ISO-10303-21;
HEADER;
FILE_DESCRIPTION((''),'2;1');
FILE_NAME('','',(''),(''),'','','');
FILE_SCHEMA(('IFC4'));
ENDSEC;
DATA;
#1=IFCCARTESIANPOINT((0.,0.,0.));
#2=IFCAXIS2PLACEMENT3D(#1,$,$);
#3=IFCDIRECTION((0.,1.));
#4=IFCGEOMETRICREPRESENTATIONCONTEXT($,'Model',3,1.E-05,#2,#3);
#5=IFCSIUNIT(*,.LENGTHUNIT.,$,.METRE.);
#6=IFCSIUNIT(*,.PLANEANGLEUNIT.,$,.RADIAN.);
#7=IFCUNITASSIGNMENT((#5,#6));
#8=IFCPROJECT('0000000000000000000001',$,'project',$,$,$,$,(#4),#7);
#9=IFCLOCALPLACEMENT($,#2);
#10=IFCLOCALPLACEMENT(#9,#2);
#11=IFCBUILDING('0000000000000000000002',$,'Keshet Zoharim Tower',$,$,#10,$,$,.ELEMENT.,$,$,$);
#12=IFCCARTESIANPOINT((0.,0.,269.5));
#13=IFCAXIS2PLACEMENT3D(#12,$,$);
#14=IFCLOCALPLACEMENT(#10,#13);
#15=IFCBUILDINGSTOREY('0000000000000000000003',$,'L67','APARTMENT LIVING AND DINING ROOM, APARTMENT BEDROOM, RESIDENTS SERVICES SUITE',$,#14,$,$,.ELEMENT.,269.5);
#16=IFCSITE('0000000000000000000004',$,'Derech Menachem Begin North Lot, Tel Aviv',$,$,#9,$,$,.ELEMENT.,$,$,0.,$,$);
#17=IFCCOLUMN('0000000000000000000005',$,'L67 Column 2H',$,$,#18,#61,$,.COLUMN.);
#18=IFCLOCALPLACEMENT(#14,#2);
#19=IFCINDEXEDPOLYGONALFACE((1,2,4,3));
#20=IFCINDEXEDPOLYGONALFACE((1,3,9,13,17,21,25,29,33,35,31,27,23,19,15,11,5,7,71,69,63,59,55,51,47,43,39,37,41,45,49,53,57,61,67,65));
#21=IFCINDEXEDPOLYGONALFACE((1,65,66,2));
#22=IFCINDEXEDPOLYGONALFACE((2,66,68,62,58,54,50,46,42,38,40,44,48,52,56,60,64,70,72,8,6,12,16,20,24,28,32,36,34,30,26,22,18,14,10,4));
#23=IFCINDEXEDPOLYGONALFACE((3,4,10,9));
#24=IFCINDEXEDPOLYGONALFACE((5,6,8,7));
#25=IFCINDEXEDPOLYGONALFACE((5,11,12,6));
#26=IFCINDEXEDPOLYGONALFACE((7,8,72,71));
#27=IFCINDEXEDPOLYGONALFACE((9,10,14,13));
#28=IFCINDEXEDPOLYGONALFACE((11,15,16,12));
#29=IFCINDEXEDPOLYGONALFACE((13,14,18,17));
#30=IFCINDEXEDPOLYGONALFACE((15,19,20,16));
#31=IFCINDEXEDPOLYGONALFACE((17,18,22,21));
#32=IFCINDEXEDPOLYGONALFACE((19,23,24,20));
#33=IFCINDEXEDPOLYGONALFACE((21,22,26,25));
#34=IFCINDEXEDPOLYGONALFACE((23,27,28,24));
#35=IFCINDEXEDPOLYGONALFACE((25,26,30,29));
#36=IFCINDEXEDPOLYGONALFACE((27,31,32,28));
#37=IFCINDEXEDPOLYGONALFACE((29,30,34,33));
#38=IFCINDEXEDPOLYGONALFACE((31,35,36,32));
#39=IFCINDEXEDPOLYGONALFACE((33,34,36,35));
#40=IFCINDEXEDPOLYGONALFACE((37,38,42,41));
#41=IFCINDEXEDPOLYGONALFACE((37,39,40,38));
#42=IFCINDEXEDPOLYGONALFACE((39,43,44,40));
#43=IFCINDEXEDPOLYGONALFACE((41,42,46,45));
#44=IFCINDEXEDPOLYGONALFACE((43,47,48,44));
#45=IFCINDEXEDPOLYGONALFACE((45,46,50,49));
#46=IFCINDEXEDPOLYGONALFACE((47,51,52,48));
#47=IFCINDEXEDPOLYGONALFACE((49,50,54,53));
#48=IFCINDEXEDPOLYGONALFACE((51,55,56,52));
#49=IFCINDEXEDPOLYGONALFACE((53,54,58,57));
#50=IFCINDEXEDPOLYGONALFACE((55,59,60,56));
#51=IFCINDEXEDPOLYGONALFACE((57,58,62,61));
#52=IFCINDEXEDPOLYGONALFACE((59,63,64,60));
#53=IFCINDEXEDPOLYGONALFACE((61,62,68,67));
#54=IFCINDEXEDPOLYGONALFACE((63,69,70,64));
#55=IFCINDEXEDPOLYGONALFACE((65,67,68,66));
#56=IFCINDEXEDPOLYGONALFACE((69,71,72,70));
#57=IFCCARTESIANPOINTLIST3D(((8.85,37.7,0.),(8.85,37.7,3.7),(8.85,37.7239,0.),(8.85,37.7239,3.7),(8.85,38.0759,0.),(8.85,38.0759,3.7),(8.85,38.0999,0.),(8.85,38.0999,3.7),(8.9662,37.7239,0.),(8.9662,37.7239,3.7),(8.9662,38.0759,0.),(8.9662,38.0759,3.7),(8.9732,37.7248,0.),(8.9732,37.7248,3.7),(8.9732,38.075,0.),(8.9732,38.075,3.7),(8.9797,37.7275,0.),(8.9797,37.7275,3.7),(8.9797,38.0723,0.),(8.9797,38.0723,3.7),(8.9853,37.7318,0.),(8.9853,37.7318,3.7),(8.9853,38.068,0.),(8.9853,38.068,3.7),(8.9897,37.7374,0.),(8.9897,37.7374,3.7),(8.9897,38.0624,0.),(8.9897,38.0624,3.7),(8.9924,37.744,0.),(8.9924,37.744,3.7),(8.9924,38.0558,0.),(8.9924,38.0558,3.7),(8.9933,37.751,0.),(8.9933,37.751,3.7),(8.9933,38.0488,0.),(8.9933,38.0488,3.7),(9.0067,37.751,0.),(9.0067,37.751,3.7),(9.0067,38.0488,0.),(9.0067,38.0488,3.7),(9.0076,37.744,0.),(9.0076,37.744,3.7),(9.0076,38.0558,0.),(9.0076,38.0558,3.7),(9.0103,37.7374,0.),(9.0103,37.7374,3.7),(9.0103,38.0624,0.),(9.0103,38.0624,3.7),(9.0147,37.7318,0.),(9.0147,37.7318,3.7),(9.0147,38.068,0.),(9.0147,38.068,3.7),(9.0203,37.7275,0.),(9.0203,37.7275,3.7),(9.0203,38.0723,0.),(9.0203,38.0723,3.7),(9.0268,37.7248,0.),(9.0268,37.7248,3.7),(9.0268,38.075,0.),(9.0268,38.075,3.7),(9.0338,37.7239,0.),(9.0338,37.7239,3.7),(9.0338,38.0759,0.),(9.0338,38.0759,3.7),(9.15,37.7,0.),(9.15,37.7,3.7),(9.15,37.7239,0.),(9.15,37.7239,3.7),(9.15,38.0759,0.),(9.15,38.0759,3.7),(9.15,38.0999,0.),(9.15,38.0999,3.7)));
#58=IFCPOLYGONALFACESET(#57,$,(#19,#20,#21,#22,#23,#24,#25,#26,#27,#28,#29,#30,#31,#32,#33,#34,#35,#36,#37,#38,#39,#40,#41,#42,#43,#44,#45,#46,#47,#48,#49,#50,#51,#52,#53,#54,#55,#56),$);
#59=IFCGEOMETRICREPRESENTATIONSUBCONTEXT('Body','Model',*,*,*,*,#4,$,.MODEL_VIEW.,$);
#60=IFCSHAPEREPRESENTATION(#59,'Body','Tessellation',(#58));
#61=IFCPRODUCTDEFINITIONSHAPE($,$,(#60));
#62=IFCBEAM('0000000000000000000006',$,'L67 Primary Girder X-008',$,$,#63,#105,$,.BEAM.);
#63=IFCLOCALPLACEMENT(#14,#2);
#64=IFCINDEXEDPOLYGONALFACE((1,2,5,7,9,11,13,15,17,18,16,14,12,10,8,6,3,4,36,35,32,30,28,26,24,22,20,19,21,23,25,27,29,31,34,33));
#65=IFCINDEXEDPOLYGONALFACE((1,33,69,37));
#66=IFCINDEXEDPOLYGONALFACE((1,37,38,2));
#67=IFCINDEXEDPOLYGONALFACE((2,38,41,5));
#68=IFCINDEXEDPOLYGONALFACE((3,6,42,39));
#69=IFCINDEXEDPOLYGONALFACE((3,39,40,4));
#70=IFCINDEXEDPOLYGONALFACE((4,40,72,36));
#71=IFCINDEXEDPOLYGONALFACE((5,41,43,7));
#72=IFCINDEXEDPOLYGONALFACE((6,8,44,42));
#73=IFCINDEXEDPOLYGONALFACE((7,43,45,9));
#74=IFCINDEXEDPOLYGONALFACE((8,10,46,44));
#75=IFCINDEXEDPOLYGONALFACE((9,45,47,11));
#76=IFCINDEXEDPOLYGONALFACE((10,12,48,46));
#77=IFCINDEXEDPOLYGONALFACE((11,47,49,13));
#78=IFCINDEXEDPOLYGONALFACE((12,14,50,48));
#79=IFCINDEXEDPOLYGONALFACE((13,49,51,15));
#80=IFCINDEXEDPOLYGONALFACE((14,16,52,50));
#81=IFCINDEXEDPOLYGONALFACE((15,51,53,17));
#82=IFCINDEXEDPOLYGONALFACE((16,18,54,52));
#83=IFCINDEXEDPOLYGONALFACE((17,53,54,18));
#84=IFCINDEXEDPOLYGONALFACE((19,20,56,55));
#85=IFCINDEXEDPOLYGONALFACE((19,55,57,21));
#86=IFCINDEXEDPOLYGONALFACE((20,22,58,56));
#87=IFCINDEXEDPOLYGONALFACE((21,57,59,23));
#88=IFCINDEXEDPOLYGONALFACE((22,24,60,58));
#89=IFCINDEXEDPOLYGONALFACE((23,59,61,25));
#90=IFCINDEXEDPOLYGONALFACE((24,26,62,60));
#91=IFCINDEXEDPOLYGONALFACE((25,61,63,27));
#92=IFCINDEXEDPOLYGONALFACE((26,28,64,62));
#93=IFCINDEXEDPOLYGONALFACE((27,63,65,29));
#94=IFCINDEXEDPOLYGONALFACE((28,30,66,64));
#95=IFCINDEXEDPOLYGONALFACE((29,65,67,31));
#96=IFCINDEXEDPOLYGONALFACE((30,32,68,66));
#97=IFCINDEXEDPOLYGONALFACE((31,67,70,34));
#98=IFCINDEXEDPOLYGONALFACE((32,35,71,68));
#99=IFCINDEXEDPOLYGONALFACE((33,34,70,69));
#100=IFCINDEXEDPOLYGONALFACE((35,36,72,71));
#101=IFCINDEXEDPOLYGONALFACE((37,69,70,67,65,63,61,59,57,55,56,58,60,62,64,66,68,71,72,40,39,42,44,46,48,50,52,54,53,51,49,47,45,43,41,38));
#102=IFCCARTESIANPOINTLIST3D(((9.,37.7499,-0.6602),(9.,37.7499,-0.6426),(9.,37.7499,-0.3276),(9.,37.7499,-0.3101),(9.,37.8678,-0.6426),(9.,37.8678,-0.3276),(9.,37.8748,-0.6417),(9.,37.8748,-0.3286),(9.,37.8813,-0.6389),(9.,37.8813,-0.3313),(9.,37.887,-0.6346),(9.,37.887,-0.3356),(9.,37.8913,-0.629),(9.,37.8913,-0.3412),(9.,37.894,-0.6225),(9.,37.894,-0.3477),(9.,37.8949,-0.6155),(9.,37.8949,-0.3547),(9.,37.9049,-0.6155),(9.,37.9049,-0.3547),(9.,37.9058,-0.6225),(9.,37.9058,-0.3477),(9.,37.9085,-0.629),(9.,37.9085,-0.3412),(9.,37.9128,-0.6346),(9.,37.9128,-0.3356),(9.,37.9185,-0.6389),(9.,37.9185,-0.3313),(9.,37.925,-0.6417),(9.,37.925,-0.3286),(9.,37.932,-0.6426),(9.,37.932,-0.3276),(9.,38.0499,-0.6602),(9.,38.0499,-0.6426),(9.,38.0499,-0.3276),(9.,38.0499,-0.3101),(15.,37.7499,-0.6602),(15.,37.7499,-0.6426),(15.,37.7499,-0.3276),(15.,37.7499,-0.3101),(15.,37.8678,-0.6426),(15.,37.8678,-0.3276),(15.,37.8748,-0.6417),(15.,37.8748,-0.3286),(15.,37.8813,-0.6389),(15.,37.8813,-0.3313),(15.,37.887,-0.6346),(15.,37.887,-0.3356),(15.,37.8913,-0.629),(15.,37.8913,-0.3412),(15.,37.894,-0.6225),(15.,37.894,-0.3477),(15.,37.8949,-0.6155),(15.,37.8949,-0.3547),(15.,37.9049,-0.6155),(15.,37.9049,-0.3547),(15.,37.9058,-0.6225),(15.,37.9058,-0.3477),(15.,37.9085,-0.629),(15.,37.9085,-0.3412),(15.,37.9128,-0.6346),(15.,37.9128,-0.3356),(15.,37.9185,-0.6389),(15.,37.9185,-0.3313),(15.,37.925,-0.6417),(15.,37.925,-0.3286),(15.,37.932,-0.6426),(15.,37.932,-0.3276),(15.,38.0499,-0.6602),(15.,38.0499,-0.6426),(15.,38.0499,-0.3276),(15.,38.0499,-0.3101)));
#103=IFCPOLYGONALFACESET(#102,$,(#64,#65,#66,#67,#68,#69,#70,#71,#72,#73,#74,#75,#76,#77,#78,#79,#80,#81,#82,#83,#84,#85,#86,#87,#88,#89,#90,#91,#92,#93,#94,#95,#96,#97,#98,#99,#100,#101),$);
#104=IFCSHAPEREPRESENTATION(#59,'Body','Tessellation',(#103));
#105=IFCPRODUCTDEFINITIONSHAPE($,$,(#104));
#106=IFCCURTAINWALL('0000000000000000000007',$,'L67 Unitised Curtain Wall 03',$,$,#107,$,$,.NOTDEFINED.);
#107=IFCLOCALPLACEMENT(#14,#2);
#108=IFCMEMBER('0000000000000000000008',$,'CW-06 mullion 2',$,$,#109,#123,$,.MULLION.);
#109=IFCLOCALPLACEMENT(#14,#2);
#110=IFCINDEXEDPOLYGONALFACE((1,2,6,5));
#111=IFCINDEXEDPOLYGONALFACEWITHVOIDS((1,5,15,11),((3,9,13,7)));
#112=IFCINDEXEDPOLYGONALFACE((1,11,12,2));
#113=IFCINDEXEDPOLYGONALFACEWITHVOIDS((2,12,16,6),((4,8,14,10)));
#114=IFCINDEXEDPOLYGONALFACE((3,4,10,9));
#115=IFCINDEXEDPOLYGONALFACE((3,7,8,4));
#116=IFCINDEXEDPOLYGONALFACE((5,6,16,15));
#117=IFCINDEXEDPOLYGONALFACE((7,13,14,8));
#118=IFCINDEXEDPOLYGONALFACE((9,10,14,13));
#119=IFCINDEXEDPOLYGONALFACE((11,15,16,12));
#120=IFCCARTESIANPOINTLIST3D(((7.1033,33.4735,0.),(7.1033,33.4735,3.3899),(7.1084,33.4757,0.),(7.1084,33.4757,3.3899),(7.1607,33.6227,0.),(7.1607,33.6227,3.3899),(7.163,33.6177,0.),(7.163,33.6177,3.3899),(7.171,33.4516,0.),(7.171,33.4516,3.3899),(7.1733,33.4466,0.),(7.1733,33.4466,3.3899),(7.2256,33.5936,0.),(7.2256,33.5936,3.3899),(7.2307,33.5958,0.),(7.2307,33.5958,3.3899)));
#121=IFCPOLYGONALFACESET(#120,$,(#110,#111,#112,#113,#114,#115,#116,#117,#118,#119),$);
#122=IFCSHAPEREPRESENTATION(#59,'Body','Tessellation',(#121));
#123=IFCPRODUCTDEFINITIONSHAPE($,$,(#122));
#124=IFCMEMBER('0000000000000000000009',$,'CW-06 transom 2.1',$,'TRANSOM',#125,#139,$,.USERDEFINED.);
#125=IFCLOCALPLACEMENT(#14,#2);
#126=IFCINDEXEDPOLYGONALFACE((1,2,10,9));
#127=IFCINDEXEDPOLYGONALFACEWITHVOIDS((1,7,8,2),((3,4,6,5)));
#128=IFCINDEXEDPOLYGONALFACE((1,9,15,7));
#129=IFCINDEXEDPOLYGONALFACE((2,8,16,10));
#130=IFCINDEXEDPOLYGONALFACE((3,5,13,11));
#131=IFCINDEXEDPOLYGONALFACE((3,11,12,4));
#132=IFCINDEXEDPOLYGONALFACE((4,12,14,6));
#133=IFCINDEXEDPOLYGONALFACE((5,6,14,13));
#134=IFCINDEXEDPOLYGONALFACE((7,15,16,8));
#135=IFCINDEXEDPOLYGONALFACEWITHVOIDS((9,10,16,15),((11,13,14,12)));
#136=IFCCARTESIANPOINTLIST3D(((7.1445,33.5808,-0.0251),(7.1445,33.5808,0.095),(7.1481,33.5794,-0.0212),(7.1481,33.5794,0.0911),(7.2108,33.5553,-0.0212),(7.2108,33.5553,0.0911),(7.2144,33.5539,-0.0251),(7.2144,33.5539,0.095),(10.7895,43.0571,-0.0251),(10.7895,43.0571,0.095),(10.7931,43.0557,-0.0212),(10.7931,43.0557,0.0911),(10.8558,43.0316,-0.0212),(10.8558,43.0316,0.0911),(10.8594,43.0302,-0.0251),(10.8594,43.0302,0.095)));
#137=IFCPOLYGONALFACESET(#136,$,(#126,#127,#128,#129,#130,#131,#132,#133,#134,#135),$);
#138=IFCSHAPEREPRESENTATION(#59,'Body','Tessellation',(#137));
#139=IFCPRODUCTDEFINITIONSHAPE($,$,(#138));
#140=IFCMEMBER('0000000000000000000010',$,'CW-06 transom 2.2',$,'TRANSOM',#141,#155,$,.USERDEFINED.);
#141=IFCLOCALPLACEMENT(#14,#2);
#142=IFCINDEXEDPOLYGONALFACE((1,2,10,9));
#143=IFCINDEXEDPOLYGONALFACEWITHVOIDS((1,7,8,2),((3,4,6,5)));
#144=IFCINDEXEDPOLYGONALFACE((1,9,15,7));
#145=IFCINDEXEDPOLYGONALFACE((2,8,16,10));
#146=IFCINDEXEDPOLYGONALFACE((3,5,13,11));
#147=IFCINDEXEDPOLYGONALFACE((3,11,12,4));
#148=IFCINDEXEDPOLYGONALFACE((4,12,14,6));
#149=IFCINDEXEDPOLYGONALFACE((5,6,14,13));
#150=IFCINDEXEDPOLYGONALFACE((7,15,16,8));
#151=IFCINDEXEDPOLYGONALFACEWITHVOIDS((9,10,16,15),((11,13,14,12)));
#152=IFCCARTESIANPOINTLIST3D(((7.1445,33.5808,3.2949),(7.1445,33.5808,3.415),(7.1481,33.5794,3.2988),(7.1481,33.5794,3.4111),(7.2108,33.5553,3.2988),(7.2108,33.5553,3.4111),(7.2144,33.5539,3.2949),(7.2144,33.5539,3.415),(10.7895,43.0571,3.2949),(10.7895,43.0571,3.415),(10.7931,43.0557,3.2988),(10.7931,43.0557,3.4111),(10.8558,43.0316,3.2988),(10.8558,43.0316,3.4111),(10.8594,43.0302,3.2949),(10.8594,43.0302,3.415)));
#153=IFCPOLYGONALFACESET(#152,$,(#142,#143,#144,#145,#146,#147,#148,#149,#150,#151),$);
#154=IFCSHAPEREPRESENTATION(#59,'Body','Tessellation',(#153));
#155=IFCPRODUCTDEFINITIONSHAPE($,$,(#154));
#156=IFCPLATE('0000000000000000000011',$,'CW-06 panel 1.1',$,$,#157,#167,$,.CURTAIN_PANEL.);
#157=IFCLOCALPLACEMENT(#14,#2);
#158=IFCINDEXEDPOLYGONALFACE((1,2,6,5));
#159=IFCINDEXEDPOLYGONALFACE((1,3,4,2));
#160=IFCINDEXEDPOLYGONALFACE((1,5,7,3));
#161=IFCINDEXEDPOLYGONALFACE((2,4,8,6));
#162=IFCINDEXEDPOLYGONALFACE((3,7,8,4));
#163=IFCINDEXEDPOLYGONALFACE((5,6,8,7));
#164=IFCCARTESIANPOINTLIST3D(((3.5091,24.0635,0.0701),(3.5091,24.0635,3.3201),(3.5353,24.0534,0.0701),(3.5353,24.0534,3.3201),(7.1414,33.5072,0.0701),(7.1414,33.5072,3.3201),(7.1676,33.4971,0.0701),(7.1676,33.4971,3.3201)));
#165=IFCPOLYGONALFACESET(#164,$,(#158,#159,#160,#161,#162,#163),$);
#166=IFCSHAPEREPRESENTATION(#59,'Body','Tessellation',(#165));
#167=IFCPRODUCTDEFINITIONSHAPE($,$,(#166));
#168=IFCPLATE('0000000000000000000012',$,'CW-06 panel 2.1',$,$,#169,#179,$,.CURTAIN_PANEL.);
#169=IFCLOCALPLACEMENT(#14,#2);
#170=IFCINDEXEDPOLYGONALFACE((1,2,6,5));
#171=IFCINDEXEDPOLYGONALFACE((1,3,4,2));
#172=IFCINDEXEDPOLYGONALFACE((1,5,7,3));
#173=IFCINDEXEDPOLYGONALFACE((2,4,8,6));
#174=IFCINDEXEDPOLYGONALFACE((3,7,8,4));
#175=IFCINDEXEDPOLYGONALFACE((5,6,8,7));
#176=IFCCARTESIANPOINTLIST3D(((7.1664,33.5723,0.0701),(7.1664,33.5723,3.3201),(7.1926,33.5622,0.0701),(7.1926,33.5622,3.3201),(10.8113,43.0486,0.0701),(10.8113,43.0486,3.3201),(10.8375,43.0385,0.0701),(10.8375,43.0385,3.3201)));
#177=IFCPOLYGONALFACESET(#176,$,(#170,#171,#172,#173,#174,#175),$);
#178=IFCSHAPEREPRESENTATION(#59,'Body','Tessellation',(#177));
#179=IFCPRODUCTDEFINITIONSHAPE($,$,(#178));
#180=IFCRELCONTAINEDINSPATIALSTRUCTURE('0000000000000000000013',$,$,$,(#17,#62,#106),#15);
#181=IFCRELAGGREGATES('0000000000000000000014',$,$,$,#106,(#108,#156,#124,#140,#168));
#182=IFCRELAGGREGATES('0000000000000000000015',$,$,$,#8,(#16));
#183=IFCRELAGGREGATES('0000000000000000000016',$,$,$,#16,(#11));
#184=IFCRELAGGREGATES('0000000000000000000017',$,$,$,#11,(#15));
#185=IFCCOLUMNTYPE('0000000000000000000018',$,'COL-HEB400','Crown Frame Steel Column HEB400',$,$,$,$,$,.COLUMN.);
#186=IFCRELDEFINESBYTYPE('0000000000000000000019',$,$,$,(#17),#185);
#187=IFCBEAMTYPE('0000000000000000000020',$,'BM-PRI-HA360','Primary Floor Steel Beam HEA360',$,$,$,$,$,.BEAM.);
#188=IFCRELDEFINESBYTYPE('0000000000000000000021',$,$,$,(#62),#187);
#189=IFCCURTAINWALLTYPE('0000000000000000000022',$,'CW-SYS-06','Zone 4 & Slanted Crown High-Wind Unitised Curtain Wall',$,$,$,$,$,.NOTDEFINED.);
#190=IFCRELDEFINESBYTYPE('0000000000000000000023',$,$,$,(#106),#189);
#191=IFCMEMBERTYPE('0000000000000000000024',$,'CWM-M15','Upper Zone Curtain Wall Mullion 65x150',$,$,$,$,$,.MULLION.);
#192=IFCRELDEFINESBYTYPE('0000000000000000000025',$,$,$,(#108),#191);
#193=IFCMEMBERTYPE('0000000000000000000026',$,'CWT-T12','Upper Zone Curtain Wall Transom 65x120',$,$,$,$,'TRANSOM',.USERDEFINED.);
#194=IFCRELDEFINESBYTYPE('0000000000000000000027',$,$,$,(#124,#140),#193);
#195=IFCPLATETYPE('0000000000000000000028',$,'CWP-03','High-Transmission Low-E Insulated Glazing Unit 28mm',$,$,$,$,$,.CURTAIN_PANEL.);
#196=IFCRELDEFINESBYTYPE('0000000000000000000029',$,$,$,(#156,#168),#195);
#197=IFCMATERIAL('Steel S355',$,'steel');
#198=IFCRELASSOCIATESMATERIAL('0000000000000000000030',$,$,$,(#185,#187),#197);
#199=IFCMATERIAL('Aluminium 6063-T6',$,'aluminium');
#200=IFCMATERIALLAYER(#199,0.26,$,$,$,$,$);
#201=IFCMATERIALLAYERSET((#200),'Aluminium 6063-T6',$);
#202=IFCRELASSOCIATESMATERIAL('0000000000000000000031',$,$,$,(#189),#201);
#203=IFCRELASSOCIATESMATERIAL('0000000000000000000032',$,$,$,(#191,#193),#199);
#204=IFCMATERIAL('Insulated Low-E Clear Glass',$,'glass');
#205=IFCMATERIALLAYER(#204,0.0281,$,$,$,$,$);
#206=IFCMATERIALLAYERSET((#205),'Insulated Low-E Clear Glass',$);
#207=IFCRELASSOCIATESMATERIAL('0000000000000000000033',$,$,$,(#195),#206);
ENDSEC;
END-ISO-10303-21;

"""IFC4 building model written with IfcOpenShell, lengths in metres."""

from ifc_helpers import new_model, si_unit, direction, frame, origin, origin_2d, place, context, subcontext, project, spatial, rectangle, hollow_rectangle, i_section, extrude, material, layer, layer_set, material_profile, profile_set, type_object, element, aggregate, save


model = new_model("IFC4")

# Units and contexts
model_context = context("Model", 3, precision=1e-05, world=origin(), true_north=direction((0.0, 1.0)))
body_context = subcontext(model_context, "Body", "Model", "MODEL_VIEW")
ifc_project = project(units=[si_unit("LENGTHUNIT", "METRE"), si_unit("PLANEANGLEUNIT", "RADIAN")], contexts=[model_context])

# Site, building, storey
site_placement = place(None, origin())
site = spatial("IfcSite", under=ifc_project, at=site_placement, Name="Derech Menachem Begin North Lot, Tel Aviv", CompositionType="ELEMENT", RefElevation=0.0)
building_placement = place(site_placement, origin())
building = spatial("IfcBuilding", under=site, at=building_placement, Name="Keshet Zoharim Tower", CompositionType="ELEMENT")
storey_placement = place(building_placement, frame((0.0, 0.0, 269.5)))
storey = spatial("IfcBuildingStorey", under=building, at=storey_placement, Name="L67", Description="APARTMENT LIVING AND DINING ROOM, APARTMENT BEDROOM, RESIDENTS SERVICES SUITE", CompositionType="ELEMENT", Elevation=269.5)

# Column
ifc_material_1 = material(Name="Steel S355", Category="steel")
ifc_material_profile_1 = material_profile(ifc_material_1, i_section(OverallWidth=0.3, OverallDepth=0.3999, WebThickness=0.0134, FlangeThickness=0.0239, FilletRadius=0.0271, at=origin_2d()), Name="HEB400")
ifc_profile_set_1 = profile_set([ifc_material_profile_1], Name="Steel S355")
column_type = type_object("IfcColumnType", Name="COL-HEB400", Description="Crown Frame Steel Column HEB400", PredefinedType="COLUMN", material=ifc_profile_set_1)
column_placement = place(storey_placement, frame((9.0, 37.8999, 0.0), z_axis=(0.0, 0.0, 1.0), x_axis=(1.0, 0.0, 0.0)))
element("IfcColumn", 1, at=column_placement, inside=storey, type_object=column_type, Name="L67 Column 2H", PredefinedType="COLUMN", context=body_context, shape_type="SweptSolid", body=[
    extrude(i_section(OverallWidth=0.3, OverallDepth=0.3999, WebThickness=0.0134, FlangeThickness=0.0239, FilletRadius=0.0271, at=origin_2d()), origin(), (0.0, 0.0, 1.0), 3.7),
])

# Beam
ifc_material_profile_2 = material_profile(ifc_material_1, i_section(OverallWidth=0.3, OverallDepth=0.3501, WebThickness=0.01, FlangeThickness=0.0176, FilletRadius=0.0271, at=origin_2d()), Name="HEA360")
ifc_profile_set_2 = profile_set([ifc_material_profile_2], Name="Steel S355")
beam_type = type_object("IfcBeamType", Name="BM-PRI-HA360", Description="Primary Floor Steel Beam HEA360", PredefinedType="BEAM", material=ifc_profile_set_2)
beam_placement = place(storey_placement, frame((9.0, 37.8999, -0.4851), z_axis=(1.0, 0.0, 0.0), x_axis=(0.0, 1.0, 0.0)))
element("IfcBeam", 2, at=beam_placement, inside=storey, type_object=beam_type, Name="L67 Primary Girder X-008", PredefinedType="BEAM", context=body_context, shape_type="SweptSolid", body=[
    extrude(i_section(OverallWidth=0.3, OverallDepth=0.3501, WebThickness=0.01, FlangeThickness=0.0176, FilletRadius=0.0271, at=origin_2d()), origin(), (0.0, 0.0, 1.0), 6.0),
])

# Curtain wall, members, plates
ifc_material_2 = material(Name="Aluminium 6063-T6", Category="aluminium")
ifc_layer_1 = layer(ifc_material_2, 0.26)
ifc_layer_set_1 = layer_set([ifc_layer_1], Name="Aluminium 6063-T6")
curtain_wall_type = type_object("IfcCurtainWallType", Name="CW-SYS-06", Description="Zone 4 & Slanted Crown High-Wind Unitised Curtain Wall", PredefinedType="NOTDEFINED", material=ifc_layer_set_1)
curtain_wall_placement = place(storey_placement, origin())
curtain_wall = element("IfcCurtainWall", 3, at=curtain_wall_placement, inside=storey, type_object=curtain_wall_type, Name="L67 Unitised Curtain Wall 03", PredefinedType="NOTDEFINED")
ifc_material_profile_3 = material_profile(ifc_material_2, hollow_rectangle(XDim=0.075, YDim=0.1599, WallThickness=0.0039, at=origin_2d()), Name="MUL-75x160")
ifc_profile_set_3 = profile_set([ifc_material_profile_3], Name="Aluminium 6063-T6")
member_type_1 = type_object("IfcMemberType", Name="CWM-M15", Description="Upper Zone Curtain Wall Mullion 65x150", PredefinedType="MULLION", material=ifc_profile_set_3)
member_1_placement = place(storey_placement, frame((7.167, 33.5347, 0.0), z_axis=(0.0, 0.0, 1.0), x_axis=(-0.933341, 0.35899, 0.0)))
member_1 = element("IfcMember", 4, at=member_1_placement, type_object=member_type_1, Name="CW-06 mullion 2", PredefinedType="MULLION", context=body_context, shape_type="SweptSolid", body=[
    extrude(hollow_rectangle(XDim=0.075, YDim=0.1599, WallThickness=0.0039, at=origin_2d()), origin(), (0.0, 0.0, 1.0), 3.3899),
])
ifc_material_profile_4 = material_profile(ifc_material_2, hollow_rectangle(XDim=0.075, YDim=0.1201, WallThickness=0.0039, at=origin_2d()), Name="TRN-75x120")
ifc_profile_set_4 = profile_set([ifc_material_profile_4], Name="Aluminium 6063-T6")
member_type_2 = type_object("IfcMemberType", Name="CWT-T12", Description="Upper Zone Curtain Wall Transom 65x120", ElementType="TRANSOM", PredefinedType="USERDEFINED", material=ifc_profile_set_4)
member_2_placement = place(storey_placement, frame((7.1794, 33.5674, 0.0349), z_axis=(0.359003, 0.933336, 0.0), x_axis=(-0.933336, 0.359003, 0.0)))
member_2 = element("IfcMember", 5, at=member_2_placement, type_object=member_type_2, Name="CW-06 transom 2.1", ObjectType="TRANSOM", PredefinedType="USERDEFINED", context=body_context, shape_type="SweptSolid", body=[
    extrude(hollow_rectangle(XDim=0.075, YDim=0.1201, WallThickness=0.0039, at=origin_2d()), origin(), (0.0, 0.0, 1.0), 10.1531),
])
member_3_placement = place(storey_placement, frame((7.1794, 33.5674, 3.355), z_axis=(0.359003, 0.933336, 0.0), x_axis=(-0.933336, 0.359003, 0.0)))
member_3 = element("IfcMember", 6, at=member_3_placement, type_object=member_type_2, Name="CW-06 transom 2.2", ObjectType="TRANSOM", PredefinedType="USERDEFINED", context=body_context, shape_type="SweptSolid", body=[
    extrude(hollow_rectangle(XDim=0.075, YDim=0.1201, WallThickness=0.0039, at=origin_2d()), origin(), (0.0, 0.0, 1.0), 10.1531),
])
ifc_material_3 = material(Name="Insulated Low-E Clear Glass", Category="glass")
ifc_layer_2 = layer(ifc_material_3, 0.0281)
ifc_layer_set_2 = layer_set([ifc_layer_2], Name="Insulated Low-E Clear Glass")
plate_type = type_object("IfcPlateType", Name="CWP-03", Description="High-Transmission Low-E Insulated Glazing Unit 28mm", PredefinedType="CURTAIN_PANEL", material=ifc_layer_set_2)
plate_1_placement = place(storey_placement, frame((5.3384, 28.7803, 0.0701), z_axis=(0.0, 0.0, 1.0), x_axis=(0.35899, 0.933341, 0.0)))
plate_1 = element("IfcPlate", 7, at=plate_1_placement, type_object=plate_type, Name="CW-06 panel 1.1", PredefinedType="CURTAIN_PANEL", context=body_context, shape_type="SweptSolid", body=[
    extrude(rectangle(XDim=10.1182, YDim=0.0281, at=origin_2d()), origin(), (0.0, 0.0, 1.0), 3.25),
])
plate_2_placement = place(storey_placement, frame((9.002, 38.3054, 0.0701), z_axis=(0.0, 0.0, 1.0), x_axis=(0.35899, 0.933341, 0.0)))
plate_2 = element("IfcPlate", 8, at=plate_2_placement, type_object=plate_type, Name="CW-06 panel 2.1", PredefinedType="CURTAIN_PANEL", context=body_context, shape_type="SweptSolid", body=[
    extrude(rectangle(XDim=10.1531, YDim=0.0281, at=origin_2d()), origin(), (0.0, 0.0, 1.0), 3.25),
])
aggregate(curtain_wall, [member_1, plate_1, member_2, member_3, plate_2])

save(model, "model.ifc")
